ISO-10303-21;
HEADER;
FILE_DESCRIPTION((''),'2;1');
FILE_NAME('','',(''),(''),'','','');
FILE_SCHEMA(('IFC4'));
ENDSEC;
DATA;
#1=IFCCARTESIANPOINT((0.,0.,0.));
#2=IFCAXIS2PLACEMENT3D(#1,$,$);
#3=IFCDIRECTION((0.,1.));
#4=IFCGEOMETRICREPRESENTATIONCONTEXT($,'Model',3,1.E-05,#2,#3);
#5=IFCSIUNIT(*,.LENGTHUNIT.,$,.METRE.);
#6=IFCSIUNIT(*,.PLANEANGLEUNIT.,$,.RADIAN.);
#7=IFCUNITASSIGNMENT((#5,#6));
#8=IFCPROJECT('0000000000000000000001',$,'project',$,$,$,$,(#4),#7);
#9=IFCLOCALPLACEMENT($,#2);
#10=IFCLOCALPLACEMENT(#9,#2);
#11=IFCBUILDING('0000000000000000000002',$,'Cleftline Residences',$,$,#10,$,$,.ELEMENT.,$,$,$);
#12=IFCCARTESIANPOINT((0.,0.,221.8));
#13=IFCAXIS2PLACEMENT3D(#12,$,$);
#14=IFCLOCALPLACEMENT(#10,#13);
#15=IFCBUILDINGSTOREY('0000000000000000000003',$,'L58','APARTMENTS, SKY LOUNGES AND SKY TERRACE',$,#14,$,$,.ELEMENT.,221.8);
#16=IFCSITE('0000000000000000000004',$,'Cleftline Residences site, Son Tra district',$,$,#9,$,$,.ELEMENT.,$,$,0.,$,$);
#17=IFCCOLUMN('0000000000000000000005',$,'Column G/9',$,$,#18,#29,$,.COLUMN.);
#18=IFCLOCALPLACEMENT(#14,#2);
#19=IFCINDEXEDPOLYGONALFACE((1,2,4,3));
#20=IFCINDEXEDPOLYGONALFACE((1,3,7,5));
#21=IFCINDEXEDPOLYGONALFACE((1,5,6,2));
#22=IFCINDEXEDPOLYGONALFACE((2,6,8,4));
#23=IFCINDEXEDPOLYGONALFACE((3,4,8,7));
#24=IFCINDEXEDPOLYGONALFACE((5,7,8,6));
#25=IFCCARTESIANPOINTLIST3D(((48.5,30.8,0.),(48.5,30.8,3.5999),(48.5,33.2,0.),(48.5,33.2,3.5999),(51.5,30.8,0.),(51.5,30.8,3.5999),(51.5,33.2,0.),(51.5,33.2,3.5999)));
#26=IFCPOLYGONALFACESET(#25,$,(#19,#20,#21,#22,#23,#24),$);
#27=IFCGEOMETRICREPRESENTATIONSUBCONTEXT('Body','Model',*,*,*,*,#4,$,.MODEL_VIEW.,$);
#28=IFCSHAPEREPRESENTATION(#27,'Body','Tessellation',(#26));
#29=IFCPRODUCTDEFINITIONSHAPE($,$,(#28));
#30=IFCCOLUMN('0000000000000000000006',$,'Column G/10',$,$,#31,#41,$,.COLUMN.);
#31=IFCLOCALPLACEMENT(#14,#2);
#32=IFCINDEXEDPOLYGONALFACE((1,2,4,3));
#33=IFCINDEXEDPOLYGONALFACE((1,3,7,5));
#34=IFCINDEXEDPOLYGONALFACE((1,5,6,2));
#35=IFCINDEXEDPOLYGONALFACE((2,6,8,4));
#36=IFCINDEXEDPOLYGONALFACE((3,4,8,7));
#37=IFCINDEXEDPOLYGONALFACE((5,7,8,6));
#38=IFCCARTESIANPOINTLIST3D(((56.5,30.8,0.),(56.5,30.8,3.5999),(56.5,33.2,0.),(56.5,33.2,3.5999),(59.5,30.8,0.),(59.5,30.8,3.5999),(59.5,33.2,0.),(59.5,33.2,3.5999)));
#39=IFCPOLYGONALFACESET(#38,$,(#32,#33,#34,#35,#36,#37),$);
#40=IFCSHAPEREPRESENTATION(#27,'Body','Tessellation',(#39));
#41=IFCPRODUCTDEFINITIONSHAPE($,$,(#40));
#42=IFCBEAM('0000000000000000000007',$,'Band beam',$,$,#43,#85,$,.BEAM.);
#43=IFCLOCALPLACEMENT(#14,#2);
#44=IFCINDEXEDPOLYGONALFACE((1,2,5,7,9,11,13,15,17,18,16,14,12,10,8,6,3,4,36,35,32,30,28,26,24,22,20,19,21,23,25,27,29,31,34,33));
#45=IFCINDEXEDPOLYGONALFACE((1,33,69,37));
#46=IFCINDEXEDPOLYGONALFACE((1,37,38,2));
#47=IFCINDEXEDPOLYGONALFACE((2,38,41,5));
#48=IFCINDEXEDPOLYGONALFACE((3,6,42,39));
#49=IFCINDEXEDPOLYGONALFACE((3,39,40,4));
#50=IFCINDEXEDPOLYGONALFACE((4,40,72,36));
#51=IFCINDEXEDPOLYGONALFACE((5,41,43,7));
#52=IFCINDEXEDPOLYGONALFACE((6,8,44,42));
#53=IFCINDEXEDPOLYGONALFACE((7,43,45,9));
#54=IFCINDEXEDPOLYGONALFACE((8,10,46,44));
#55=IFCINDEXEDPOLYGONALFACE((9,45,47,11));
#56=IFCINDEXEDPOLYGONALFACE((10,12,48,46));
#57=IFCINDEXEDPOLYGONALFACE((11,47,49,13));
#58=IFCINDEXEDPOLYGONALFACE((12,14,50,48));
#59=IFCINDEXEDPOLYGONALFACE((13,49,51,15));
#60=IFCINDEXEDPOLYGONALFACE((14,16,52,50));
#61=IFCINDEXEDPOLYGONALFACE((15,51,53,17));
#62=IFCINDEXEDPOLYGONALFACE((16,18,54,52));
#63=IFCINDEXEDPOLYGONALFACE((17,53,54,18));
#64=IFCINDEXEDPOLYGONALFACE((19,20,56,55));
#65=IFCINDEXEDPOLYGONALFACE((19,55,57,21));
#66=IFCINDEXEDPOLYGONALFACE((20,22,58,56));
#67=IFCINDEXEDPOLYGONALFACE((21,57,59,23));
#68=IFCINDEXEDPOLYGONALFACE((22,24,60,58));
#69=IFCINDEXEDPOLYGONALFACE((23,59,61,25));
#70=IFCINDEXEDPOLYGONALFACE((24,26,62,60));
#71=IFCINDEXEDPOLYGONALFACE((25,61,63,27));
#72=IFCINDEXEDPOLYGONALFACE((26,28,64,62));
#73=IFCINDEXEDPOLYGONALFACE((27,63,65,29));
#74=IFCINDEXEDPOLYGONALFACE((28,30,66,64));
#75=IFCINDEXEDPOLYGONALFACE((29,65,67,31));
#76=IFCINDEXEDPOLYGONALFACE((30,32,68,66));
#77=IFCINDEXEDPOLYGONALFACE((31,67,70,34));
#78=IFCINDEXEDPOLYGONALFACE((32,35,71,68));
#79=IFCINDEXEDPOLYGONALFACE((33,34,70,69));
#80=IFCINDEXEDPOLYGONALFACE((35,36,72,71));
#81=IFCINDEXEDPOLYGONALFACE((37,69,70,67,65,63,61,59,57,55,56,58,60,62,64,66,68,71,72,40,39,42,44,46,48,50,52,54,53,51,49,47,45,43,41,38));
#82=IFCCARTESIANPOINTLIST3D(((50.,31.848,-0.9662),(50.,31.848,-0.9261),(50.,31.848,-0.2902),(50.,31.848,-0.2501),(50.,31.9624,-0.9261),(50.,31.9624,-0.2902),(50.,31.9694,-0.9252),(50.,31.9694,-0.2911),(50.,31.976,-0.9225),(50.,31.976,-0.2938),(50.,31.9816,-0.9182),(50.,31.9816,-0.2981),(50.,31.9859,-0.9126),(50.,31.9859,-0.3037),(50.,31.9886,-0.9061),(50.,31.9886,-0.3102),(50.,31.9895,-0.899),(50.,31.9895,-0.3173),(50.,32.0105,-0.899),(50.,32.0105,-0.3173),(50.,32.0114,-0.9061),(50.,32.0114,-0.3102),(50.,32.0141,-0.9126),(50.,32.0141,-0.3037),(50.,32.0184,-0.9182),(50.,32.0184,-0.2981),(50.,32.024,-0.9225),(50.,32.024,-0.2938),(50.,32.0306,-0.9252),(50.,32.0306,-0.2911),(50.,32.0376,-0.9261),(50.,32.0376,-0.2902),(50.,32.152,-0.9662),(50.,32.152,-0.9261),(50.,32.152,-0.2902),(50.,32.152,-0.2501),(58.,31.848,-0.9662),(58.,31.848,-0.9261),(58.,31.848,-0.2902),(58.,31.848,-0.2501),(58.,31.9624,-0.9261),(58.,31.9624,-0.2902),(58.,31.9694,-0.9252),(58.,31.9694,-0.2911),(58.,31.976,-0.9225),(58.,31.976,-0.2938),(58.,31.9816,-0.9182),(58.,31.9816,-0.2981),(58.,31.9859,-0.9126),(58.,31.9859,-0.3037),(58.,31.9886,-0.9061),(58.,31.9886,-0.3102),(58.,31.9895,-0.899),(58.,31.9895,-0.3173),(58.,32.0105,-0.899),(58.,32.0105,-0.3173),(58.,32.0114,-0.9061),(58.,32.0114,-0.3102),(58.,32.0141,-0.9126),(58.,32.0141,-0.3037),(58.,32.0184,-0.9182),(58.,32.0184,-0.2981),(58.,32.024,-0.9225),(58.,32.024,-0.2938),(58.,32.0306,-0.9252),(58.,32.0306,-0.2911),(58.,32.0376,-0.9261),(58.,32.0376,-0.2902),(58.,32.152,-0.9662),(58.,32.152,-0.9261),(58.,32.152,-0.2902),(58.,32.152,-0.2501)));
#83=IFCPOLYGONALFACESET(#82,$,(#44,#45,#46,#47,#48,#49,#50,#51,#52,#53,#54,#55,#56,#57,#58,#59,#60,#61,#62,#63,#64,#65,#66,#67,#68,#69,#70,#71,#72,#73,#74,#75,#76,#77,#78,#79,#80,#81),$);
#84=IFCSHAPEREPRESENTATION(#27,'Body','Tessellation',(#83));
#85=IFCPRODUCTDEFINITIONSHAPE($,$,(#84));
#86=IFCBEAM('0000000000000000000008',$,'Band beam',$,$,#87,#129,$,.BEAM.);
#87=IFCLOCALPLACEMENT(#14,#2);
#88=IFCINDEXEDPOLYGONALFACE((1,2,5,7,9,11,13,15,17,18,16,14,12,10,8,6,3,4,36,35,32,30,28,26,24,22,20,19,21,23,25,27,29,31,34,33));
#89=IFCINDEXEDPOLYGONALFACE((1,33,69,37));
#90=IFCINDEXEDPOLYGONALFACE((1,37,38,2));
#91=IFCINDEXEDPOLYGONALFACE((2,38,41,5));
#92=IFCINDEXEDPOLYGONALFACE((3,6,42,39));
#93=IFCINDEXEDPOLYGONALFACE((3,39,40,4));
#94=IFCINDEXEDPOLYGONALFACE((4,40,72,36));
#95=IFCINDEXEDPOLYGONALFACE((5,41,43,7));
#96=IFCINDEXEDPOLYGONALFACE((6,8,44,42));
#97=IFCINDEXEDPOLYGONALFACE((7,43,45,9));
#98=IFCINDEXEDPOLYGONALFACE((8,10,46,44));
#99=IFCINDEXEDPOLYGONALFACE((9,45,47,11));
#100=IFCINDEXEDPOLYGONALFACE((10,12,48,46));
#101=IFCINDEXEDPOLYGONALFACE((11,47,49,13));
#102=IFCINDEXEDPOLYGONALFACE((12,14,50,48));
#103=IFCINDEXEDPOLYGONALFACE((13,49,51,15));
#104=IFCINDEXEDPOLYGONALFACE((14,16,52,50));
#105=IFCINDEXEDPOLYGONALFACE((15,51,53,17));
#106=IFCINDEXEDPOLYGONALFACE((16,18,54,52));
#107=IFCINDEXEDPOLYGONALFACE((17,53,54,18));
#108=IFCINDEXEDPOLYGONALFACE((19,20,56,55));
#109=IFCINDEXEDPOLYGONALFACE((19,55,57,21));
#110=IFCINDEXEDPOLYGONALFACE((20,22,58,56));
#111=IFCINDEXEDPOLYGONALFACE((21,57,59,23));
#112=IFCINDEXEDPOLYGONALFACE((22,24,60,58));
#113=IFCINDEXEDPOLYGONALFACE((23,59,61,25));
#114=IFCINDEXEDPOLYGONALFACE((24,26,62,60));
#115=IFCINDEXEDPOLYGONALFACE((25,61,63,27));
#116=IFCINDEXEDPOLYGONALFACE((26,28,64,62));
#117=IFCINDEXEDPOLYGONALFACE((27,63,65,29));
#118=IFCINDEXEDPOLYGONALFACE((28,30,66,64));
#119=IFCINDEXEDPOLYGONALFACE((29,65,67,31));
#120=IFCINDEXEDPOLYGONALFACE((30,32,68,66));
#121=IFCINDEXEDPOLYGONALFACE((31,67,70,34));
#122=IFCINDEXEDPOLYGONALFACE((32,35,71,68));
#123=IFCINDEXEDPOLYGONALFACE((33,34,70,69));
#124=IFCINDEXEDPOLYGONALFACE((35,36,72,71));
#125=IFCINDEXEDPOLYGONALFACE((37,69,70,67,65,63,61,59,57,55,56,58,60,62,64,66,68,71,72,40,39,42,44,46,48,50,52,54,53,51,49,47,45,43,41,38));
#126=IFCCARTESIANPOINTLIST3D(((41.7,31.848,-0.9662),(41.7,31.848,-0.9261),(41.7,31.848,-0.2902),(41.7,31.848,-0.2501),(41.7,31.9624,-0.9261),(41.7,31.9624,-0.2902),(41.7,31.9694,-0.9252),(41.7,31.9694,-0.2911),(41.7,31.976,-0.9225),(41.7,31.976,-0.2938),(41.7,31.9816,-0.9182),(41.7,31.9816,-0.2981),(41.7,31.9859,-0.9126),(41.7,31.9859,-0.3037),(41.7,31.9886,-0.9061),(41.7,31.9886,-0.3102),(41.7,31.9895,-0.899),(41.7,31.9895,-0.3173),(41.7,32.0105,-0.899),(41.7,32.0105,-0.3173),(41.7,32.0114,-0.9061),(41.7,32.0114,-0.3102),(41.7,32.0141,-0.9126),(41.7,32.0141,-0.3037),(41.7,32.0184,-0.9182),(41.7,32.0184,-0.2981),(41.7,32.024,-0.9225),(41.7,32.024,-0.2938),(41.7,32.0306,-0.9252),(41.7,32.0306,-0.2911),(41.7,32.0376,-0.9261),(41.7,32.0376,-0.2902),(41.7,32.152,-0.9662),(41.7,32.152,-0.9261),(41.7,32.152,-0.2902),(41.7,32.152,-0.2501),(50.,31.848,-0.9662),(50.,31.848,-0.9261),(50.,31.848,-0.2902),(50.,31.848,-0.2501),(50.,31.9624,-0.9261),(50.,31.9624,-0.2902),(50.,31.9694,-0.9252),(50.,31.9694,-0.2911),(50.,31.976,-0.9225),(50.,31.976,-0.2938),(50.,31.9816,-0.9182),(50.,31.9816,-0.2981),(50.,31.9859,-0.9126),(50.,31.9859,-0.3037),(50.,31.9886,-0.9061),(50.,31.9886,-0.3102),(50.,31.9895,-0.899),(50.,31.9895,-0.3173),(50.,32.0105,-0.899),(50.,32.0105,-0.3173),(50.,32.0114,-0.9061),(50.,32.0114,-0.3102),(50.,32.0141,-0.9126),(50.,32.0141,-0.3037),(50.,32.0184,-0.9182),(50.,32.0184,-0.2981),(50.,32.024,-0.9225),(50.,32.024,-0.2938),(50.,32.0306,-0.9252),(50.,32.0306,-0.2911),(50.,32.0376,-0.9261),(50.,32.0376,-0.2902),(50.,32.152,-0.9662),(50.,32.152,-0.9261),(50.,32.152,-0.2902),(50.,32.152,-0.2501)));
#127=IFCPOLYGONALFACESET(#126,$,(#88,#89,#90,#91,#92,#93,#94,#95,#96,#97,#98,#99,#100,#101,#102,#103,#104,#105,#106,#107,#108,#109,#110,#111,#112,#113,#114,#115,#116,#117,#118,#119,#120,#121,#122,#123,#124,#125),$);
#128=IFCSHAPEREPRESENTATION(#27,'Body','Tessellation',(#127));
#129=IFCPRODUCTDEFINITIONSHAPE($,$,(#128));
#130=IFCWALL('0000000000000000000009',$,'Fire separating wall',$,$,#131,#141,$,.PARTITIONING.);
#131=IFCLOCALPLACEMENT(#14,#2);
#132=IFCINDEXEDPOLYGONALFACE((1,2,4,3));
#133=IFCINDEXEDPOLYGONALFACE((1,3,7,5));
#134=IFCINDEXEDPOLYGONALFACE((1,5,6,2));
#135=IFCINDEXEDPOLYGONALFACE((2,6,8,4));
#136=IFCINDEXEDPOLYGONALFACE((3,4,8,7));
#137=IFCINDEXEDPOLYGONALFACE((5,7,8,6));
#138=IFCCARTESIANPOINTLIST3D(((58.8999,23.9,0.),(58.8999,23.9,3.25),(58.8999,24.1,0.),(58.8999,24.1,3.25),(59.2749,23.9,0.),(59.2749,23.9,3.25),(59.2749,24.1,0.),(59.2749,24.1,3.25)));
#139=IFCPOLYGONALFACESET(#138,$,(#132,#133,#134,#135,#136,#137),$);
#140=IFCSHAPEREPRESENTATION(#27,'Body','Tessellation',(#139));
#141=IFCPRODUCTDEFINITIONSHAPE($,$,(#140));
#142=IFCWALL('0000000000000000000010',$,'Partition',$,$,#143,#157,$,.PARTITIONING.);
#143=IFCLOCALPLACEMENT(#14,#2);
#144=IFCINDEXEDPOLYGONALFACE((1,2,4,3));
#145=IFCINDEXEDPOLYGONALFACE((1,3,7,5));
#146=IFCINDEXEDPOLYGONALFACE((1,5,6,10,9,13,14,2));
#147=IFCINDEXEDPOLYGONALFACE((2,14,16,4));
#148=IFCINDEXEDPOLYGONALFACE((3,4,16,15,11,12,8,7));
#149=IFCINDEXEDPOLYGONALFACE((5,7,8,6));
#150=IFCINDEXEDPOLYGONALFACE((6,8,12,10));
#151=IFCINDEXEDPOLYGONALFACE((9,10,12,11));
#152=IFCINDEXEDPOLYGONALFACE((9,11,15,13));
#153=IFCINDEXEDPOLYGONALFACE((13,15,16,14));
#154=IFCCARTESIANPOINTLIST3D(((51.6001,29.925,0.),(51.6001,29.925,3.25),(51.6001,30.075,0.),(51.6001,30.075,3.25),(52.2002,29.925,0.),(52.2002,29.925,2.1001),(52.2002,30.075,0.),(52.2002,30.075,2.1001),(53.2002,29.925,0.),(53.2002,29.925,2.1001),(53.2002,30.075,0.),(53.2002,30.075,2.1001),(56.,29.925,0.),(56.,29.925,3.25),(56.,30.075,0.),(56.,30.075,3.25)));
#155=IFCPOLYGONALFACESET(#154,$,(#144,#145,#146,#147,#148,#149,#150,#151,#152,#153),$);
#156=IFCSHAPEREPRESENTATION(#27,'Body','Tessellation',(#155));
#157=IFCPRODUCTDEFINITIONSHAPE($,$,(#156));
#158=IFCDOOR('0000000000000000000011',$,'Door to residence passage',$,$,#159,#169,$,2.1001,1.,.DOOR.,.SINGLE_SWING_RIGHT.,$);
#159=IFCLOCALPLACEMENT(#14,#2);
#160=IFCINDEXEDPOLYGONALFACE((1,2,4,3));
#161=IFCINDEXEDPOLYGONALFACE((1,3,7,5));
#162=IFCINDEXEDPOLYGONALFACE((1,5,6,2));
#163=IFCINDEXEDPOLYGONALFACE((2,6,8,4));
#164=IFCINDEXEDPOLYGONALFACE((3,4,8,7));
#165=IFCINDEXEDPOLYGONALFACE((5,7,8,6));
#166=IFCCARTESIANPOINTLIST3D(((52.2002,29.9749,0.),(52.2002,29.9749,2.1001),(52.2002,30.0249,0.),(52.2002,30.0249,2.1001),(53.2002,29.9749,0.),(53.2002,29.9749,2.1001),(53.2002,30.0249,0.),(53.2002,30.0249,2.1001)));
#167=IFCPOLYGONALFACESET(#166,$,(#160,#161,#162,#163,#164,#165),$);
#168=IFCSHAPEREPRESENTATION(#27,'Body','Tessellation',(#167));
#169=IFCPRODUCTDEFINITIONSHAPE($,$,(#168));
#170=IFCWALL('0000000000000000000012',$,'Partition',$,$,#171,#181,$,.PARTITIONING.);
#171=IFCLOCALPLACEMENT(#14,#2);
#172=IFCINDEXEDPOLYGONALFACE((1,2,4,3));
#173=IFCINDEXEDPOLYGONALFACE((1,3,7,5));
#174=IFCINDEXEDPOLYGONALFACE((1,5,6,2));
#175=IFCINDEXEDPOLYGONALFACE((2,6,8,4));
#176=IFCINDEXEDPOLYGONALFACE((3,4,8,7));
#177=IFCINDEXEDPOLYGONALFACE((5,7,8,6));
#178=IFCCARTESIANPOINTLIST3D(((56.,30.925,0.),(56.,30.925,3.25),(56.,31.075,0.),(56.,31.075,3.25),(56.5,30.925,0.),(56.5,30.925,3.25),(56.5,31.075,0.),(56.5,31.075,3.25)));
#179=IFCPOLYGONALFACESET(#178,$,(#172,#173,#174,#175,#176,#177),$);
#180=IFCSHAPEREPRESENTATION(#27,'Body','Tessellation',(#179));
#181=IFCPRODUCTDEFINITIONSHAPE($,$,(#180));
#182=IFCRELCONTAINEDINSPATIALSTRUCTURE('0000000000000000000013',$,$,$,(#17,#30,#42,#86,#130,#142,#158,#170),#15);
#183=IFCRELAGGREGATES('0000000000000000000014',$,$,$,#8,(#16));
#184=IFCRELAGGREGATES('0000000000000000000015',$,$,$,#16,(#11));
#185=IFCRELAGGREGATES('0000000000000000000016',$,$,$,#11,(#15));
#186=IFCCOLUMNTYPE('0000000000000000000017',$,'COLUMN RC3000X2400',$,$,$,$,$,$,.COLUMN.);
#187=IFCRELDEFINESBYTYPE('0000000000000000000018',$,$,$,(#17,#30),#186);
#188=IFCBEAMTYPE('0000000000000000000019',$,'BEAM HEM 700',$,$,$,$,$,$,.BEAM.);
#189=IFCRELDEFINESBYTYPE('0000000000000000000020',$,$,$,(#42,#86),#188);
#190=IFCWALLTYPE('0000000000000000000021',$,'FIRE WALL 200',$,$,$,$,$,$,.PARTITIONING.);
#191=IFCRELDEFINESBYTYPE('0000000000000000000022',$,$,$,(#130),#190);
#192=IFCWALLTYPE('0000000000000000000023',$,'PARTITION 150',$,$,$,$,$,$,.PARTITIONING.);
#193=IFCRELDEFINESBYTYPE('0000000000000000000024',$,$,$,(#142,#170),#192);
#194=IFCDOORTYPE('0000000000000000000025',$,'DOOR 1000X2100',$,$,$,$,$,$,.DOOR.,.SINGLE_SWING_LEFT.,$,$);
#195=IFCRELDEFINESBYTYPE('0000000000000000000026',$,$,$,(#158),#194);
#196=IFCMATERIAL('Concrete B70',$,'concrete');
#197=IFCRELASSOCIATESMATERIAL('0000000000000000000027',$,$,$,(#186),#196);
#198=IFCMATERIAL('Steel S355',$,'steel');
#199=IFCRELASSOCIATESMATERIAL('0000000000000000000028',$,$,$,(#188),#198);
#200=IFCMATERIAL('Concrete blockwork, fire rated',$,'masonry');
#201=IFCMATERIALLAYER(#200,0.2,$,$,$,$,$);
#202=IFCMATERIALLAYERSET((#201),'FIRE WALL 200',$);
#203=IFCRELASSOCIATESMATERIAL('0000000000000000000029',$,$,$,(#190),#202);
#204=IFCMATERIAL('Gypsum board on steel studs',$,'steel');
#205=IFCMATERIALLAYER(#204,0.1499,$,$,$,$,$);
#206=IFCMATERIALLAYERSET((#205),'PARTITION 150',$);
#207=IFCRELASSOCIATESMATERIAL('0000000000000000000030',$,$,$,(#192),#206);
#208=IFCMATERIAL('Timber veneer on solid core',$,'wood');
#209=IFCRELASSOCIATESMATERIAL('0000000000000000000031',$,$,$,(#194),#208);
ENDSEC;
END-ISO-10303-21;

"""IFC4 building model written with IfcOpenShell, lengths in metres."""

from ifc_helpers import new_model, si_unit, direction, frame, frame_2d, origin, origin_2d, place, context, subcontext, project, spatial, rectangle, i_section, extrude, material, layer, layer_set, material_profile, profile_set, type_object, element, fill, save


model = new_model("IFC4")

# Units and contexts
model_context = context("Model", 3, precision=1e-05, world=origin(), true_north=direction((0.0, 1.0)))
body_context = subcontext(model_context, "Body", "Model", "MODEL_VIEW")
ifc_project = project(units=[si_unit("LENGTHUNIT", "METRE"), si_unit("PLANEANGLEUNIT", "RADIAN")], contexts=[model_context])

# Site, building, storey
site_placement = place(None, origin())
site = spatial("IfcSite", under=ifc_project, at=site_placement, Name="Cleftline Residences site, Son Tra district", CompositionType="ELEMENT", RefElevation=0.0)
building_placement = place(site_placement, origin())
building = spatial("IfcBuilding", under=site, at=building_placement, Name="Cleftline Residences", CompositionType="ELEMENT")
storey_placement = place(building_placement, frame((0.0, 0.0, 221.8)))
storey = spatial("IfcBuildingStorey", under=building, at=storey_placement, Name="L58", Description="APARTMENTS, SKY LOUNGES AND SKY TERRACE", CompositionType="ELEMENT", Elevation=221.8)

# Columns
ifc_material_1 = material(Name="Concrete B70", Category="concrete")
ifc_material_profile_1 = material_profile(ifc_material_1, rectangle(XDim=3.0, YDim=2.3999, at=origin_2d()))
ifc_profile_set_1 = profile_set([ifc_material_profile_1], Name="Concrete B70")
column_type = type_object("IfcColumnType", Name="COLUMN RC3000X2400", PredefinedType="COLUMN", material=ifc_profile_set_1)
for number, where, z_axis, x_axis, name in (
    (1, (50.0, 32.0, 0.0), (0.0, 0.0, 1.0), (1.0, 0.0, 0.0), "Column G/9"),
    (2, (58.0, 32.0, 0.0), (0.0, 0.0, 1.0), (1.0, 0.0, 0.0), "Column G/10"),
):
    element("IfcColumn", number, at=place(storey_placement, frame(where, z_axis=z_axis, x_axis=x_axis)), inside=storey, type_object=column_type, Name=name, PredefinedType="COLUMN", context=body_context, shape_type="SweptSolid", body=[
        extrude(rectangle(XDim=3.0, YDim=2.3999, at=origin_2d()), origin(), (0.0, 0.0, 1.0), 3.5999),
    ])

# Beams
ifc_material_2 = material(Name="Steel S355", Category="steel")
ifc_material_profile_2 = material_profile(ifc_material_2, i_section(OverallWidth=0.304, OverallDepth=0.7161, WebThickness=0.021, FlangeThickness=0.04, FilletRadius=0.0271, at=origin_2d()))
ifc_profile_set_2 = profile_set([ifc_material_profile_2], Name="Steel S355")
beam_type = type_object("IfcBeamType", Name="BEAM HEM 700", PredefinedType="BEAM", material=ifc_profile_set_2)
beam_1_placement = place(storey_placement, frame((58.0, 32.0, -0.6082), z_axis=(-1.0, 0.0, 0.0), x_axis=(0.0, -1.0, 0.0)))
element("IfcBeam", 3, at=beam_1_placement, inside=storey, type_object=beam_type, Name="Band beam", PredefinedType="BEAM", context=body_context, shape_type="SweptSolid", body=[
    extrude(i_section(OverallWidth=0.304, OverallDepth=0.7161, WebThickness=0.021, FlangeThickness=0.04, FilletRadius=0.0271, at=origin_2d()), origin(), (0.0, 0.0, 1.0), 8.0),
])
beam_2_placement = place(storey_placement, frame((50.0, 32.0, -0.6082), z_axis=(-1.0, 0.0, 0.0), x_axis=(0.0, -1.0, 0.0)))
element("IfcBeam", 4, at=beam_2_placement, inside=storey, type_object=beam_type, Name="Band beam", PredefinedType="BEAM", context=body_context, shape_type="SweptSolid", body=[
    extrude(i_section(OverallWidth=0.304, OverallDepth=0.7161, WebThickness=0.021, FlangeThickness=0.04, FilletRadius=0.0271, at=origin_2d()), origin(), (0.0, 0.0, 1.0), 8.3),
])

# Wall
ifc_material_3 = material(Name="Concrete blockwork, fire rated", Category="masonry")
ifc_layer_1 = layer(ifc_material_3, 0.2)
ifc_layer_set_1 = layer_set([ifc_layer_1], Name="FIRE WALL 200")
wall_type_1 = type_object("IfcWallType", Name="FIRE WALL 200", PredefinedType="PARTITIONING", material=ifc_layer_set_1)
wall_1_placement = place(storey_placement, frame((58.8999, 24.0, 0.0), z_axis=(0.0, 0.0, 1.0), x_axis=(1.0, 0.0, 0.0)))
element("IfcWall", 5, at=wall_1_placement, inside=storey, type_object=wall_type_1, Name="Fire separating wall", PredefinedType="PARTITIONING", context=body_context, shape_type="SweptSolid", body=[
    extrude(rectangle(XDim=0.375, YDim=0.2, at=frame_2d((0.1875, 0.0))), origin(), (0.0, 0.0, 1.0), 3.25),
])

# Wall, opening, door
ifc_material_4 = material(Name="Gypsum board on steel studs", Category="steel")
ifc_layer_2 = layer(ifc_material_4, 0.1499)
ifc_layer_set_2 = layer_set([ifc_layer_2], Name="PARTITION 150")
wall_type_2 = type_object("IfcWallType", Name="PARTITION 150", PredefinedType="PARTITIONING", material=ifc_layer_set_2)
wall_2_placement = place(storey_placement, frame((51.6001, 30.0, 0.0), z_axis=(0.0, 0.0, 1.0), x_axis=(1.0, 0.0, 0.0)))
wall_2 = element("IfcWall", 6, at=wall_2_placement, inside=storey, type_object=wall_type_2, Name="Partition", PredefinedType="PARTITIONING", context=body_context, shape_type="SweptSolid", body=[
    extrude(rectangle(XDim=4.3999, YDim=0.1499, at=frame_2d((2.2, 0.0))), origin(), (0.0, 0.0, 1.0), 3.25),
])
opening_1_placement = place(wall_2_placement, frame((0.6001, 0.0, 0.0)))
opening_1 = element("IfcOpeningElement", 7, at=opening_1_placement, cuts=wall_2, PredefinedType="OPENING", context=body_context, shape_type="SweptSolid", body=[
    extrude(rectangle(XDim=1.0, YDim=2.1001, at=frame_2d((0.5, 1.05))), frame((0.0, 0.085, 0.0), z_axis=(0.0, -1.0, 0.0), x_axis=(1.0, 0.0, 0.0)), (0.0, 0.0, 1.0), 0.1699),
])
ifc_material_5 = material(Name="Timber veneer on solid core", Category="wood")
door_type_1 = type_object("IfcDoorType", Name="DOOR 1000X2100", OperationType="SINGLE_SWING_LEFT", PredefinedType="DOOR", material=ifc_material_5)
door_1_placement = place(opening_1_placement, origin())
door_1 = element("IfcDoor", 8, at=door_1_placement, inside=storey, type_object=door_type_1, Name="Door to residence passage", OperationType="SINGLE_SWING_RIGHT", OverallHeight=2.1001, OverallWidth=1.0, PredefinedType="DOOR", context=body_context, shape_type="SweptSolid", body=[
    extrude(rectangle(XDim=1.0, YDim=2.1001, at=frame_2d((0.5, 1.05))), frame((0.0, 0.0249, 0.0), z_axis=(0.0, -1.0, 0.0), x_axis=(1.0, 0.0, 0.0)), (0.0, 0.0, 1.0), 0.05),
])
fill(opening_1, door_1)

# Wall
wall_3_placement = place(storey_placement, frame((56.0, 31.0, 0.0), z_axis=(0.0, 0.0, 1.0), x_axis=(1.0, 0.0, 0.0)))
element("IfcWall", 9, at=wall_3_placement, inside=storey, type_object=wall_type_2, Name="Partition", PredefinedType="PARTITIONING", context=body_context, shape_type="SweptSolid", body=[
    extrude(rectangle(XDim=0.5, YDim=0.1499, at=frame_2d((0.25, 0.0))), origin(), (0.0, 0.0, 1.0), 3.25),
])

save(model, "model.ifc")
